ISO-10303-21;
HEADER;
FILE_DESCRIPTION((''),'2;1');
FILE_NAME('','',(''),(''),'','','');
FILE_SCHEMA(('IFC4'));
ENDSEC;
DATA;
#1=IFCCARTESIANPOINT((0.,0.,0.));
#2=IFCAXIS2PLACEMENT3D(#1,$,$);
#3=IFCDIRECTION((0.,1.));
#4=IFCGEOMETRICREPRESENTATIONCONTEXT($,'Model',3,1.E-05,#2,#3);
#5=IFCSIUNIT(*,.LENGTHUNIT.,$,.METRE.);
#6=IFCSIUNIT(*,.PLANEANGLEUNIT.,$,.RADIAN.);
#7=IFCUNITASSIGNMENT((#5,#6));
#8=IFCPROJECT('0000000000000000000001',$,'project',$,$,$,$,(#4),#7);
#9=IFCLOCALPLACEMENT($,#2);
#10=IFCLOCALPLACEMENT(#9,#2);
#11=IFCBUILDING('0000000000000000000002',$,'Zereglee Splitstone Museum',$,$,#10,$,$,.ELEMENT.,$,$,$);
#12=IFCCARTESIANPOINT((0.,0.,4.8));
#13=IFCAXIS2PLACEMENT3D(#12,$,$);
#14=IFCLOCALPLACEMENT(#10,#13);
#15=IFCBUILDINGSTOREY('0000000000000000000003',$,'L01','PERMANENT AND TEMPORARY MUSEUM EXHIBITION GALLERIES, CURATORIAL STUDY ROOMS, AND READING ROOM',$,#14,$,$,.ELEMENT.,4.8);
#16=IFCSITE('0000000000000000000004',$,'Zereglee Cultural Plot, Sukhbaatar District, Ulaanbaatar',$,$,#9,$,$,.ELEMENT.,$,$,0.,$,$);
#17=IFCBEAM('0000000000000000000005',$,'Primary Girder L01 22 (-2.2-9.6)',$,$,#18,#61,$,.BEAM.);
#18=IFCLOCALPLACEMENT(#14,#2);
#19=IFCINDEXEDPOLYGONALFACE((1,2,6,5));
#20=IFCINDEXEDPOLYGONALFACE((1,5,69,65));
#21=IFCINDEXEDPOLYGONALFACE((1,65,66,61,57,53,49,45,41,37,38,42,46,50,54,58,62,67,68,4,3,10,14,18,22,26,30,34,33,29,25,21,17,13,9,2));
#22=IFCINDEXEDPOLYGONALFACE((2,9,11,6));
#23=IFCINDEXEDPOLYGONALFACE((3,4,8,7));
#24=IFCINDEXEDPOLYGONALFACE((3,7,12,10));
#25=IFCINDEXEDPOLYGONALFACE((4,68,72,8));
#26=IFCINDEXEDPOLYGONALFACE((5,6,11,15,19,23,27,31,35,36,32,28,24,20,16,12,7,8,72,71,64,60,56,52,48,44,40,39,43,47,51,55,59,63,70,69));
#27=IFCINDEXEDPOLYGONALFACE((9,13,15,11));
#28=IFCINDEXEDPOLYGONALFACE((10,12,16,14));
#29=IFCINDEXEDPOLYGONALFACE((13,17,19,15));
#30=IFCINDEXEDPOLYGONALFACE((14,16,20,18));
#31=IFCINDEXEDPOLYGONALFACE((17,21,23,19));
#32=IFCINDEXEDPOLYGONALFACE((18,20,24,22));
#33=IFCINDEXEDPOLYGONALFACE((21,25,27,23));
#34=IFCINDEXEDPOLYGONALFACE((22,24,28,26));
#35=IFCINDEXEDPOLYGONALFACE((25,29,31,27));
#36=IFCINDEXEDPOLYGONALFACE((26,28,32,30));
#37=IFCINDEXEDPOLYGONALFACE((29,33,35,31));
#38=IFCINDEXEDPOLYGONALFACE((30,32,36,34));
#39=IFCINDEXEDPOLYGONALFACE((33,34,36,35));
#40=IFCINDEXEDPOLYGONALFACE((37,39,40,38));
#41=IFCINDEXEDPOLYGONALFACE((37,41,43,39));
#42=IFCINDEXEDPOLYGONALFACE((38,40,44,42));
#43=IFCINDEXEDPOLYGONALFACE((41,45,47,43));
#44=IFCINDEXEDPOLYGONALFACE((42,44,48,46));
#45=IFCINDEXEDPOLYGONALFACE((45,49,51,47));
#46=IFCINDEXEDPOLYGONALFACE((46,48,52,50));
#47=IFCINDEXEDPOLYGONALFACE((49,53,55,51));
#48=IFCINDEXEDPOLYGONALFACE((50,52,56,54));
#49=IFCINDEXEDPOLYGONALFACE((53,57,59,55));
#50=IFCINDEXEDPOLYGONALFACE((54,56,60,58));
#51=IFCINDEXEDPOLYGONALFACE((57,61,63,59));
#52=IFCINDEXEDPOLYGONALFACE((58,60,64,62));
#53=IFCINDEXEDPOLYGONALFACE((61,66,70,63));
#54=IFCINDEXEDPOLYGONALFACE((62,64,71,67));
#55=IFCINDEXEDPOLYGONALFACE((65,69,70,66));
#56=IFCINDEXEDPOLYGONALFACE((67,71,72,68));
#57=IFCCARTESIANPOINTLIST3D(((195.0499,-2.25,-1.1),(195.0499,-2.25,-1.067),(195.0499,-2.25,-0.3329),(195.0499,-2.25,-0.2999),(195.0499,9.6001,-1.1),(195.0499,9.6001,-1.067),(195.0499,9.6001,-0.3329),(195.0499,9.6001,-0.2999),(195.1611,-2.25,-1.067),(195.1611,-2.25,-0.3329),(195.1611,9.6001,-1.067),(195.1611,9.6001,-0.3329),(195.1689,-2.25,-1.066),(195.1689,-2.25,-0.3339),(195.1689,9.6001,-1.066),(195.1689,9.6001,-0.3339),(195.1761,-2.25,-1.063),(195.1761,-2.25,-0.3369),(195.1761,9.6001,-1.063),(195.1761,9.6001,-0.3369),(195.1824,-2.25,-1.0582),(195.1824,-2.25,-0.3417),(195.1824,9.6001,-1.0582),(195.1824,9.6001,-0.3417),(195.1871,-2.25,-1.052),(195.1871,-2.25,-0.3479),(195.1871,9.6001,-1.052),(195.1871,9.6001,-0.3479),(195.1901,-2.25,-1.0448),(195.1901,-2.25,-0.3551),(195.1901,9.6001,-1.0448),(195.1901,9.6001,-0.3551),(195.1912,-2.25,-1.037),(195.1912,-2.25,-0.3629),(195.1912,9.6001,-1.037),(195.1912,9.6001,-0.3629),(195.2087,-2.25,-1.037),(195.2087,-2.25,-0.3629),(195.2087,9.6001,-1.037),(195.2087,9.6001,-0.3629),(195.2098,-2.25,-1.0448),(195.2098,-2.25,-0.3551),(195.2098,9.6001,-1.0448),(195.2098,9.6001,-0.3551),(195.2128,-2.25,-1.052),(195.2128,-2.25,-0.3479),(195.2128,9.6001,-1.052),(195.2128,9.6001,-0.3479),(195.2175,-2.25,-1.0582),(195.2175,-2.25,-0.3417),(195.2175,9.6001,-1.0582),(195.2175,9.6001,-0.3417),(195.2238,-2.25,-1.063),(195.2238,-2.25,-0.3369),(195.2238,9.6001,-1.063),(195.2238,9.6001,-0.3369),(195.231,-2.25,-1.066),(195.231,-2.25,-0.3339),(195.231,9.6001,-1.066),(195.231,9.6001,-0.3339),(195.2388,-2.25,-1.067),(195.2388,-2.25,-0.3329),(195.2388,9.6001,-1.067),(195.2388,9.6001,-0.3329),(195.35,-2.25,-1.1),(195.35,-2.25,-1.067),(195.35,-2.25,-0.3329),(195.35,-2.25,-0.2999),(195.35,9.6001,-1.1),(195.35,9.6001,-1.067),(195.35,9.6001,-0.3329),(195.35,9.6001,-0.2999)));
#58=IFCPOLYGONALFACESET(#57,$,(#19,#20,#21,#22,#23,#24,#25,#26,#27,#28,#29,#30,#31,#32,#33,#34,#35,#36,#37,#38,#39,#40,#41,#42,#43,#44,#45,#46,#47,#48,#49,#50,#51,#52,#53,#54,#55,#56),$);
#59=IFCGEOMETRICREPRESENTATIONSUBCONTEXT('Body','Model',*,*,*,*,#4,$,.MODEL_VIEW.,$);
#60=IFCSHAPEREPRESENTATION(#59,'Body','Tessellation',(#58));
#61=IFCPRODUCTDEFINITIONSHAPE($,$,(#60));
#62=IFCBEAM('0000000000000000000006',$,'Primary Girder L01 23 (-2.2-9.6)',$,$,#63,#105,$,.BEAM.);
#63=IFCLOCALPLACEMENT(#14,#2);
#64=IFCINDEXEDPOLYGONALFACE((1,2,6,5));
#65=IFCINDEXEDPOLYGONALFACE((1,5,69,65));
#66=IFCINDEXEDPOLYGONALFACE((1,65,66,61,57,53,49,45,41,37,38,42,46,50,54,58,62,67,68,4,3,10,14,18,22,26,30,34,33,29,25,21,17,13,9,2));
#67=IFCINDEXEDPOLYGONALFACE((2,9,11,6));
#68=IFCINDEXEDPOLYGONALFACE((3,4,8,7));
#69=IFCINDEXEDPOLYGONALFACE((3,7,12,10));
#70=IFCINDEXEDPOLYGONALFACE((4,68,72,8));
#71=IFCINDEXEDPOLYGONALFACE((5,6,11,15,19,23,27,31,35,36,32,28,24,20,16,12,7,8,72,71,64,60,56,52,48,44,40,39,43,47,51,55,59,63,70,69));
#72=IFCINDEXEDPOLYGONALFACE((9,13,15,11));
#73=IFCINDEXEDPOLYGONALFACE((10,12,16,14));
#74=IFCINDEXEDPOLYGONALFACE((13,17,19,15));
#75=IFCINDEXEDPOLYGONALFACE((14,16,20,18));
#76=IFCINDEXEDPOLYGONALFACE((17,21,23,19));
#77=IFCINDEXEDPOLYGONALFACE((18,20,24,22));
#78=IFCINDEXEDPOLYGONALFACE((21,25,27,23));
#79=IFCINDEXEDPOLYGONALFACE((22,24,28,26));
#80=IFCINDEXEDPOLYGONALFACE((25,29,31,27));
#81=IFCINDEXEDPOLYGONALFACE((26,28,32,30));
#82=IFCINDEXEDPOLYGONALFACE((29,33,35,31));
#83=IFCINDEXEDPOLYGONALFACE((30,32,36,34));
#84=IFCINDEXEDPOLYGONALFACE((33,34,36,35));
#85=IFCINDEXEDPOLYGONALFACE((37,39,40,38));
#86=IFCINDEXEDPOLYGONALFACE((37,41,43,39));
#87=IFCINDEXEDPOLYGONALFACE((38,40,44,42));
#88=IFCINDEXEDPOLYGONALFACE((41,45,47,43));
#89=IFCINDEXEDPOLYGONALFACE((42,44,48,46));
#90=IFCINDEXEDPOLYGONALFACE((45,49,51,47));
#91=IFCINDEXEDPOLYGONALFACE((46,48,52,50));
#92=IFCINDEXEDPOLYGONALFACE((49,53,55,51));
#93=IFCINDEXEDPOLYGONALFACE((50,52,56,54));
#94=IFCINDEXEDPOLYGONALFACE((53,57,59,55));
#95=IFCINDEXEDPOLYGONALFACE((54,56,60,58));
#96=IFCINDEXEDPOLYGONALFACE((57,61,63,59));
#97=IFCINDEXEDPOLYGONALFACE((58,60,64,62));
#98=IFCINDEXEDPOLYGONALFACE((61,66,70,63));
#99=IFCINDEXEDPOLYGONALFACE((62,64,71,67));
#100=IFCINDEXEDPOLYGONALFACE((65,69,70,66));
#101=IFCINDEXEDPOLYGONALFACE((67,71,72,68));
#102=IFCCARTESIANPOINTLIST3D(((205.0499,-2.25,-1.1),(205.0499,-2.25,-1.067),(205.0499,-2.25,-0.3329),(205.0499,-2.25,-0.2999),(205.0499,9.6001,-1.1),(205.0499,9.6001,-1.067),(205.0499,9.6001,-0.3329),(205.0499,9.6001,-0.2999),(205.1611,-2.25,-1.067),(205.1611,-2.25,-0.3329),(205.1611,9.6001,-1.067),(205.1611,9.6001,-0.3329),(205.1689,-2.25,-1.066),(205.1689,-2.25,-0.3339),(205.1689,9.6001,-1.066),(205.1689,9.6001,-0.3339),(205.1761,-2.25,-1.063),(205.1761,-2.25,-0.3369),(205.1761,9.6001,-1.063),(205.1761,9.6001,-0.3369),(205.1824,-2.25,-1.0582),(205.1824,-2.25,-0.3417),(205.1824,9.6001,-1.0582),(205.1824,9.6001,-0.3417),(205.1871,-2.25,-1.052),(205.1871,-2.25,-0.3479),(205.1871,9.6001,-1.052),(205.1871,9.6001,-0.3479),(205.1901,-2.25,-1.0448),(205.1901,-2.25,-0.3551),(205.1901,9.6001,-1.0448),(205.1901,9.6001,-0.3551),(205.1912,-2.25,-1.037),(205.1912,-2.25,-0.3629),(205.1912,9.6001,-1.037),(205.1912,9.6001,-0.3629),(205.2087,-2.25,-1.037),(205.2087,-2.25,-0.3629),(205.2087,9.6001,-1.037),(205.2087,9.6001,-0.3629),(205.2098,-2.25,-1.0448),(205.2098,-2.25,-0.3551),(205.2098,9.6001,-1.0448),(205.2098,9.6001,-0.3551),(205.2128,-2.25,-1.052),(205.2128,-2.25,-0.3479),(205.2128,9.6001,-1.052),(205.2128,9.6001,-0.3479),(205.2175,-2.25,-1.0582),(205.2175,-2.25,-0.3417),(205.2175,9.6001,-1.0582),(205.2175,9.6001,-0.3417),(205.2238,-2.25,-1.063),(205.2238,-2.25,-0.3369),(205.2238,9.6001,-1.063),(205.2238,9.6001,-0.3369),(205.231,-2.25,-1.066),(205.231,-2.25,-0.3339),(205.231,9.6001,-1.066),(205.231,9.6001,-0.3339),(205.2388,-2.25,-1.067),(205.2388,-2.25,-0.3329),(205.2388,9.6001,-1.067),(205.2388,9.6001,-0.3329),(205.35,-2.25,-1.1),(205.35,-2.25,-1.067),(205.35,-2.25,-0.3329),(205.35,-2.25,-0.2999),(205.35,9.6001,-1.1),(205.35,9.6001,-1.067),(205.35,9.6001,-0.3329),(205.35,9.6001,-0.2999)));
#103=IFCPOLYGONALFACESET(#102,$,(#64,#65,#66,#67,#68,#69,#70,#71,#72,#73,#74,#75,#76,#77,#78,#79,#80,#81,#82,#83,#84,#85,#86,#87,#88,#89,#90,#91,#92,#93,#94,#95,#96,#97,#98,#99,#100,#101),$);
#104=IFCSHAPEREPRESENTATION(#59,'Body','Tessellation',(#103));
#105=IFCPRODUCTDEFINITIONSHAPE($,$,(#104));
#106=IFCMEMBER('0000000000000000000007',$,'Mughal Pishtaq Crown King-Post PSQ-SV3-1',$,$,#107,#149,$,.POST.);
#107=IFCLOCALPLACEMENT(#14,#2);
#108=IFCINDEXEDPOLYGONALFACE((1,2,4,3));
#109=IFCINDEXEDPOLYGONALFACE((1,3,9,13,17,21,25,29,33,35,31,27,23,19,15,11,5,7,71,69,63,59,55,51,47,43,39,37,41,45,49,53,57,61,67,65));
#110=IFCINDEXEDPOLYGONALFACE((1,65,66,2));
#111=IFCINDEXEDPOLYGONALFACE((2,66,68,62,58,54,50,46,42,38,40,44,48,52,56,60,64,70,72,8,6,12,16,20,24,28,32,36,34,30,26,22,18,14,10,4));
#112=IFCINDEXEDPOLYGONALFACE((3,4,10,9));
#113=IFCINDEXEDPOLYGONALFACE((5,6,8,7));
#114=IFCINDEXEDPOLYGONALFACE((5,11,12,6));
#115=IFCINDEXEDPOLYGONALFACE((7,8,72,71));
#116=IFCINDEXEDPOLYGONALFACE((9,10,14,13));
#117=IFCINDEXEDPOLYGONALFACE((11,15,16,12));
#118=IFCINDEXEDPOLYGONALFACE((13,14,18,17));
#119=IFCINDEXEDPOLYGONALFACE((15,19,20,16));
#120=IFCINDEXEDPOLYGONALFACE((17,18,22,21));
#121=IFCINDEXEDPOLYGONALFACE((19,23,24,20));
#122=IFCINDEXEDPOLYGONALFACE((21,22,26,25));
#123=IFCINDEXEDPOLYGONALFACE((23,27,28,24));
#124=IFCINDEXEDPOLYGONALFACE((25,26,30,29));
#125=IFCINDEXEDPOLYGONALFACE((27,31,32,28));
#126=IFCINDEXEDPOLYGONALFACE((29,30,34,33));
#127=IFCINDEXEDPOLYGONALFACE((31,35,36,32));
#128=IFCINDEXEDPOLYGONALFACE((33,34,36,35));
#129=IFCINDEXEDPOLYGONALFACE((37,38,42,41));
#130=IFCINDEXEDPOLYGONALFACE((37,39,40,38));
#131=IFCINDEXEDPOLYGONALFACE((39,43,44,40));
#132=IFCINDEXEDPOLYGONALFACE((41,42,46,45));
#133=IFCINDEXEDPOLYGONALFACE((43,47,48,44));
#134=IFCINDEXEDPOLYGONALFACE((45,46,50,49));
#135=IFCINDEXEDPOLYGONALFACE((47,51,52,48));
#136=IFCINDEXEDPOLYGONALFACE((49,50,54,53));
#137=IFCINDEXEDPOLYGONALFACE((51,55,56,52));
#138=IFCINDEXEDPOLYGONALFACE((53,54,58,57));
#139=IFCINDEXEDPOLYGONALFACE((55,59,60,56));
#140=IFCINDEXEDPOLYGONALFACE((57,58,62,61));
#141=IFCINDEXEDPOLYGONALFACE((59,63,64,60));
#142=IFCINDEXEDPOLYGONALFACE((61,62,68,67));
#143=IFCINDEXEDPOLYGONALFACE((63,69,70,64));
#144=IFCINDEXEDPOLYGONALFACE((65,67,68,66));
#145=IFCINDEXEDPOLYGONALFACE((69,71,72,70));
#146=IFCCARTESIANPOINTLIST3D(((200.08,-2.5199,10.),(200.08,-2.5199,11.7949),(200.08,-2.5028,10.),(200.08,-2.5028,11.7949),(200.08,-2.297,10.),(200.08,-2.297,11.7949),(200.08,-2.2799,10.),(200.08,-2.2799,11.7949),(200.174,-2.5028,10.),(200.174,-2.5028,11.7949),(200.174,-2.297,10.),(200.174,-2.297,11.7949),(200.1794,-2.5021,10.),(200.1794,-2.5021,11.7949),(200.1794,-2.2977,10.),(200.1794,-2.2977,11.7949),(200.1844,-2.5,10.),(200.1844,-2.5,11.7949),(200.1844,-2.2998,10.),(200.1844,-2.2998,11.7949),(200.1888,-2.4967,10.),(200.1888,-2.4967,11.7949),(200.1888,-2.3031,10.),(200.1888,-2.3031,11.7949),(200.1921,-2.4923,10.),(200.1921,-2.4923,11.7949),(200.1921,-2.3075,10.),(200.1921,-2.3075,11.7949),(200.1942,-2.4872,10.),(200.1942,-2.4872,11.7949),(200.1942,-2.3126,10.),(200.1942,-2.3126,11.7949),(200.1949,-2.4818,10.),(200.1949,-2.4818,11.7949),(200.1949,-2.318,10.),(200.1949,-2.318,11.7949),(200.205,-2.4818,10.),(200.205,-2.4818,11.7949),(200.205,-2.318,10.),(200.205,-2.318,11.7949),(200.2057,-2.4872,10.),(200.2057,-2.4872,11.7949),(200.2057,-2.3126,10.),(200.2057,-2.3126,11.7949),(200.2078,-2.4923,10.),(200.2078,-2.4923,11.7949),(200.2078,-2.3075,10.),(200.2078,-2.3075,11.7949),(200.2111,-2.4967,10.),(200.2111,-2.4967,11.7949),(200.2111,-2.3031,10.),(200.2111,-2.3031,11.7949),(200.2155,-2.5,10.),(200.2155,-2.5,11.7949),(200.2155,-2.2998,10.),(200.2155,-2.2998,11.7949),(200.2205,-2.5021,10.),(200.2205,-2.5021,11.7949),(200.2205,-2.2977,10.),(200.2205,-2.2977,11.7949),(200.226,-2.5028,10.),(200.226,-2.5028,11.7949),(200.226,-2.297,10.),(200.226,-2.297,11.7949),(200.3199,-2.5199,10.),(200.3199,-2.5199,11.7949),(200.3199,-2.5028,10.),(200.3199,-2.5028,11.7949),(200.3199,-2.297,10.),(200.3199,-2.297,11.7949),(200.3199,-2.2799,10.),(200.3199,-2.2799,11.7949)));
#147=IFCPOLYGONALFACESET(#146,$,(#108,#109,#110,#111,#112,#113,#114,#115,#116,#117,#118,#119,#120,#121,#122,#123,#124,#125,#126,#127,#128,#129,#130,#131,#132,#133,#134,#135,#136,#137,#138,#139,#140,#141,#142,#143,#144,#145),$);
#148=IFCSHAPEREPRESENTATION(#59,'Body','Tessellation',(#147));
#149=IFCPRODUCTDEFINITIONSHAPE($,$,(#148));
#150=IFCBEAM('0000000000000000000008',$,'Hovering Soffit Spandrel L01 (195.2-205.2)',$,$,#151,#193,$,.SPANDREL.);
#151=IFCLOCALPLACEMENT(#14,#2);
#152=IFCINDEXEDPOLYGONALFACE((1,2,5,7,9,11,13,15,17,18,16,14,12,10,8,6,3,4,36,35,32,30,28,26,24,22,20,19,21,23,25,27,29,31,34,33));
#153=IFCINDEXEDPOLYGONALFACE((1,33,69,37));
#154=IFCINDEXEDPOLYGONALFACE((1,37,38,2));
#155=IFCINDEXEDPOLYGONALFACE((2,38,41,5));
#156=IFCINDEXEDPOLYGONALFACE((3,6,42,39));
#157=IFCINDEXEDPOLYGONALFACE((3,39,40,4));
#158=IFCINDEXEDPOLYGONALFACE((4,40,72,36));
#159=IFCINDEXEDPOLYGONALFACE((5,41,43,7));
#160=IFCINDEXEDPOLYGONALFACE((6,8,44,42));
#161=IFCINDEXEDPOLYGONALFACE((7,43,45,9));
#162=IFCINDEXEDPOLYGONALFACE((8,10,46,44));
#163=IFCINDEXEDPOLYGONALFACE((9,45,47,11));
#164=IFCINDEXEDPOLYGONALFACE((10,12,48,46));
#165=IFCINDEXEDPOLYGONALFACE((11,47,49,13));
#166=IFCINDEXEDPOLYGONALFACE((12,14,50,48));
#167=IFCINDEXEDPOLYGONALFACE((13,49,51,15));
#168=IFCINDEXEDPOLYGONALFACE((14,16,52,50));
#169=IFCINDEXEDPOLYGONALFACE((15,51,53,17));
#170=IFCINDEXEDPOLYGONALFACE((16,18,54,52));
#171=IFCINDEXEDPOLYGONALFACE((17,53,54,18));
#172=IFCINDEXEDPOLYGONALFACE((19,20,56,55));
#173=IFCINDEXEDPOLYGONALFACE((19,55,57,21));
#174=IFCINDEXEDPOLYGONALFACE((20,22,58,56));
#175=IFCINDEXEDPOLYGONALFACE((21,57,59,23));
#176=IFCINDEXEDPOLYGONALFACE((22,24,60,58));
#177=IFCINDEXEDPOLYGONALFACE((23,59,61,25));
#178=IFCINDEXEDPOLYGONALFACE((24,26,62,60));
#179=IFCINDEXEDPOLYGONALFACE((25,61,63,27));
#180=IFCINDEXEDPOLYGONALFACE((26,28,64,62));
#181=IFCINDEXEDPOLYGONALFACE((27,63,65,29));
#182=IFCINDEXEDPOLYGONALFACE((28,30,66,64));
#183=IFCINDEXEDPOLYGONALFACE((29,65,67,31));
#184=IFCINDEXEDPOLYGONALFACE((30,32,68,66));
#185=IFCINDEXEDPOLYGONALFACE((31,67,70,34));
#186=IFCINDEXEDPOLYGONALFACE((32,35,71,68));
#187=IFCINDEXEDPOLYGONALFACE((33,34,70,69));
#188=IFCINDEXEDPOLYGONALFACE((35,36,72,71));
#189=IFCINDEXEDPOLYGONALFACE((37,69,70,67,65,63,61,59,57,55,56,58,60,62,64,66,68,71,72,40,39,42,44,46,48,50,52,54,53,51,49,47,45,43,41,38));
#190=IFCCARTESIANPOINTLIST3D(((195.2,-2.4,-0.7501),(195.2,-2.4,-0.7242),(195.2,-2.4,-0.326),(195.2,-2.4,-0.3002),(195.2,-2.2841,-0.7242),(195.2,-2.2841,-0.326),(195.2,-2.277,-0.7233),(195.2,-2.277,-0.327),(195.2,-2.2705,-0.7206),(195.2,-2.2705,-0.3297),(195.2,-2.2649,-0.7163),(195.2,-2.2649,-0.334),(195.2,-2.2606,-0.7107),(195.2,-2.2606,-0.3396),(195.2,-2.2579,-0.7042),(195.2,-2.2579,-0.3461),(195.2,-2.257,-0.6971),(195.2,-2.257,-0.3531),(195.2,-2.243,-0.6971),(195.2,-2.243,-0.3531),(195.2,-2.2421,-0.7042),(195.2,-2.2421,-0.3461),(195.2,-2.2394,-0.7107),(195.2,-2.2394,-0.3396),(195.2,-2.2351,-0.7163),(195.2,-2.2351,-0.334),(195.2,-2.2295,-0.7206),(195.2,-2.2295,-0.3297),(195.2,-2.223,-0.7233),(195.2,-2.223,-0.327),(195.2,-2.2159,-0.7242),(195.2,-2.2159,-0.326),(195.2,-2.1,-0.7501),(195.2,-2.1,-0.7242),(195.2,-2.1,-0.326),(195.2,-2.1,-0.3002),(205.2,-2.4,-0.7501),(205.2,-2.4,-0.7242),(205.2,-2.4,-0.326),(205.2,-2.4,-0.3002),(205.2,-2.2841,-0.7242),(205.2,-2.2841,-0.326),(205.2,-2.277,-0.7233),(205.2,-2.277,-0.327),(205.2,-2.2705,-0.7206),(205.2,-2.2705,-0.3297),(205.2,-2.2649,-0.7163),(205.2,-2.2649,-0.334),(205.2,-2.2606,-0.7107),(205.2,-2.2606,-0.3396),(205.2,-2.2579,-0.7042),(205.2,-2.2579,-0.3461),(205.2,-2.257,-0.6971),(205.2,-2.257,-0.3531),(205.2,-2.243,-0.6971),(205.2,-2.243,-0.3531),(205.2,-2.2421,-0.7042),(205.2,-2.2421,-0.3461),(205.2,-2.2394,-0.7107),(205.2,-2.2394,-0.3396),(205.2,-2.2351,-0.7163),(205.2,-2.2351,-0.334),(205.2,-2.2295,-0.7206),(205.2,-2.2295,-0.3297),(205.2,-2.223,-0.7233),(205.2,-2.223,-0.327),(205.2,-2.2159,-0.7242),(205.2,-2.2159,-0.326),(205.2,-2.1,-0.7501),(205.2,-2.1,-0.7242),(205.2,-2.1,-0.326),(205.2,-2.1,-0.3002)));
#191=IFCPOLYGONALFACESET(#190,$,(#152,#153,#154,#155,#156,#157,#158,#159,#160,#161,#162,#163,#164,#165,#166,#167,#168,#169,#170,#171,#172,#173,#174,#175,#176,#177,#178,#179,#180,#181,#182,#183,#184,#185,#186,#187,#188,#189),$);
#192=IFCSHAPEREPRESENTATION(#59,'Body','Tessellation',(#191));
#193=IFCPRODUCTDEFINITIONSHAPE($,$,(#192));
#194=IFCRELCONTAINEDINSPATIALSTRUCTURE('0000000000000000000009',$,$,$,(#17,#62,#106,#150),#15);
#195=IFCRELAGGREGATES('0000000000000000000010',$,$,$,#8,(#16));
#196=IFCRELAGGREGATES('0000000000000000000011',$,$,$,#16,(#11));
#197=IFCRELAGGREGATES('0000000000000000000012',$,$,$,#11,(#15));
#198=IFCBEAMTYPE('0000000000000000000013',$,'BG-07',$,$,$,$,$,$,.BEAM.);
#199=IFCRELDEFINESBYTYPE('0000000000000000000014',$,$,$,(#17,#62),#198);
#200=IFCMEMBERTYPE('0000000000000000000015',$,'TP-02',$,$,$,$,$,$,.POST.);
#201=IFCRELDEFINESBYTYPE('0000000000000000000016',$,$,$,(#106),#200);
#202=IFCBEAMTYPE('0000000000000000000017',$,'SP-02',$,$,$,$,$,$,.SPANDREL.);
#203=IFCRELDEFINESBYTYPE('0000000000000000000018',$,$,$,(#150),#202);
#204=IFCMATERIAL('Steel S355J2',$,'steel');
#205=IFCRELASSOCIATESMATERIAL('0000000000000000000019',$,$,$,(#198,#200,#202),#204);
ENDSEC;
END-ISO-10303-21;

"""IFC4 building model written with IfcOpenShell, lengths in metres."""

from ifc_helpers import new_model, si_unit, direction, frame, origin, origin_2d, place, context, subcontext, project, spatial, i_section, extrude, material, material_profile, profile_set, type_object, element, save


model = new_model("IFC4")

# Units and contexts
model_context = context("Model", 3, precision=1e-05, world=origin(), true_north=direction((0.0, 1.0)))
body_context = subcontext(model_context, "Body", "Model", "MODEL_VIEW")
ifc_project = project(units=[si_unit("LENGTHUNIT", "METRE"), si_unit("PLANEANGLEUNIT", "RADIAN")], contexts=[model_context])

# Site, building, storey
site_placement = place(None, origin())
site = spatial("IfcSite", under=ifc_project, at=site_placement, Name="Zereglee Cultural Plot, Sukhbaatar District, Ulaanbaatar", CompositionType="ELEMENT", RefElevation=0.0)
building_placement = place(site_placement, origin())
building = spatial("IfcBuilding", under=site, at=building_placement, Name="Zereglee Splitstone Museum", CompositionType="ELEMENT")
storey_placement = place(building_placement, frame((0.0, 0.0, 4.8)))
storey = spatial("IfcBuildingStorey", under=building, at=storey_placement, Name="L01", Description="PERMANENT AND TEMPORARY MUSEUM EXHIBITION GALLERIES, CURATORIAL STUDY ROOMS, AND READING ROOM", CompositionType="ELEMENT", Elevation=4.8)

# Shared definitions
ifc_material_1 = material(Name="Steel S355J2", Category="steel")

# Beams
ifc_material_profile_1 = material_profile(ifc_material_1, i_section(OverallWidth=0.3, OverallDepth=0.8, WebThickness=0.0176, FlangeThickness=0.033, FilletRadius=0.03, at=origin_2d()), Name="HE 800 B")
ifc_profile_set_1 = profile_set([ifc_material_profile_1], Name="Steel S355J2")
beam_type_1 = type_object("IfcBeamType", Name="BG-07", PredefinedType="BEAM", material=ifc_profile_set_1)
for number, where, z_axis, x_axis, name in (
    (1, (195.2, -2.25, -0.7), (0.0, 1.0, 0.0), (-1.0, 0.0, 0.0), "Primary Girder L01 22 (-2.2-9.6)"),
    (2, (205.2, -2.25, -0.7), (0.0, 1.0, 0.0), (-1.0, 0.0, 0.0), "Primary Girder L01 23 (-2.2-9.6)"),
):
    element("IfcBeam", number, at=place(storey_placement, frame(where, z_axis=z_axis, x_axis=x_axis)), inside=storey, type_object=beam_type_1, Name=name, PredefinedType="BEAM", context=body_context, shape_type="SweptSolid", body=[
        extrude(i_section(OverallWidth=0.3, OverallDepth=0.8, WebThickness=0.0176, FlangeThickness=0.033, FilletRadius=0.03, at=origin_2d()), origin(), (0.0, 0.0, 1.0), 11.8501),
    ])

# Member
ifc_material_profile_2 = material_profile(ifc_material_1, i_section(OverallWidth=0.24, OverallDepth=0.24, WebThickness=0.01, FlangeThickness=0.0171, FilletRadius=0.021, at=origin_2d()), Name="HE 240 B")
ifc_profile_set_2 = profile_set([ifc_material_profile_2], Name="Steel S355J2")
member_type_1 = type_object("IfcMemberType", Name="TP-02", PredefinedType="POST", material=ifc_profile_set_2)
member_1_placement = place(storey_placement, frame((200.2, -2.3999, 10.0), z_axis=(0.0, 0.0, 1.0), x_axis=(1.0, 0.0, 0.0)))
element("IfcMember", 3, at=member_1_placement, inside=storey, type_object=member_type_1, Name="Mughal Pishtaq Crown King-Post PSQ-SV3-1", PredefinedType="POST", context=body_context, shape_type="SweptSolid", body=[
    extrude(i_section(OverallWidth=0.24, OverallDepth=0.24, WebThickness=0.01, FlangeThickness=0.0171, FilletRadius=0.021, at=origin_2d()), origin(), (0.0, 0.0, 1.0), 1.7949),
])

# Beam
ifc_material_profile_3 = material_profile(ifc_material_1, i_section(OverallWidth=0.3, OverallDepth=0.45, WebThickness=0.0139, FlangeThickness=0.0259, FilletRadius=0.0271, at=origin_2d()), Name="HE 450 B")
ifc_profile_set_3 = profile_set([ifc_material_profile_3], Name="Steel S355J2")
beam_type_2 = type_object("IfcBeamType", Name="SP-02", PredefinedType="SPANDREL", material=ifc_profile_set_3)
for number, where, z_axis, x_axis, name in (
    (4, (195.2, -2.25, -0.5251), (1.0, 0.0, 0.0), (0.0, 1.0, 0.0), "Hovering Soffit Spandrel L01 (195.2-205.2)"),
):
    element("IfcBeam", number, at=place(storey_placement, frame(where, z_axis=z_axis, x_axis=x_axis)), inside=storey, type_object=beam_type_2, Name=name, PredefinedType="SPANDREL", context=body_context, shape_type="SweptSolid", body=[
        extrude(i_section(OverallWidth=0.3, OverallDepth=0.45, WebThickness=0.0139, FlangeThickness=0.0259, FilletRadius=0.0271, at=origin_2d()), origin(), (0.0, 0.0, 1.0), 10.0),
    ])

save(model, "model.ifc")
